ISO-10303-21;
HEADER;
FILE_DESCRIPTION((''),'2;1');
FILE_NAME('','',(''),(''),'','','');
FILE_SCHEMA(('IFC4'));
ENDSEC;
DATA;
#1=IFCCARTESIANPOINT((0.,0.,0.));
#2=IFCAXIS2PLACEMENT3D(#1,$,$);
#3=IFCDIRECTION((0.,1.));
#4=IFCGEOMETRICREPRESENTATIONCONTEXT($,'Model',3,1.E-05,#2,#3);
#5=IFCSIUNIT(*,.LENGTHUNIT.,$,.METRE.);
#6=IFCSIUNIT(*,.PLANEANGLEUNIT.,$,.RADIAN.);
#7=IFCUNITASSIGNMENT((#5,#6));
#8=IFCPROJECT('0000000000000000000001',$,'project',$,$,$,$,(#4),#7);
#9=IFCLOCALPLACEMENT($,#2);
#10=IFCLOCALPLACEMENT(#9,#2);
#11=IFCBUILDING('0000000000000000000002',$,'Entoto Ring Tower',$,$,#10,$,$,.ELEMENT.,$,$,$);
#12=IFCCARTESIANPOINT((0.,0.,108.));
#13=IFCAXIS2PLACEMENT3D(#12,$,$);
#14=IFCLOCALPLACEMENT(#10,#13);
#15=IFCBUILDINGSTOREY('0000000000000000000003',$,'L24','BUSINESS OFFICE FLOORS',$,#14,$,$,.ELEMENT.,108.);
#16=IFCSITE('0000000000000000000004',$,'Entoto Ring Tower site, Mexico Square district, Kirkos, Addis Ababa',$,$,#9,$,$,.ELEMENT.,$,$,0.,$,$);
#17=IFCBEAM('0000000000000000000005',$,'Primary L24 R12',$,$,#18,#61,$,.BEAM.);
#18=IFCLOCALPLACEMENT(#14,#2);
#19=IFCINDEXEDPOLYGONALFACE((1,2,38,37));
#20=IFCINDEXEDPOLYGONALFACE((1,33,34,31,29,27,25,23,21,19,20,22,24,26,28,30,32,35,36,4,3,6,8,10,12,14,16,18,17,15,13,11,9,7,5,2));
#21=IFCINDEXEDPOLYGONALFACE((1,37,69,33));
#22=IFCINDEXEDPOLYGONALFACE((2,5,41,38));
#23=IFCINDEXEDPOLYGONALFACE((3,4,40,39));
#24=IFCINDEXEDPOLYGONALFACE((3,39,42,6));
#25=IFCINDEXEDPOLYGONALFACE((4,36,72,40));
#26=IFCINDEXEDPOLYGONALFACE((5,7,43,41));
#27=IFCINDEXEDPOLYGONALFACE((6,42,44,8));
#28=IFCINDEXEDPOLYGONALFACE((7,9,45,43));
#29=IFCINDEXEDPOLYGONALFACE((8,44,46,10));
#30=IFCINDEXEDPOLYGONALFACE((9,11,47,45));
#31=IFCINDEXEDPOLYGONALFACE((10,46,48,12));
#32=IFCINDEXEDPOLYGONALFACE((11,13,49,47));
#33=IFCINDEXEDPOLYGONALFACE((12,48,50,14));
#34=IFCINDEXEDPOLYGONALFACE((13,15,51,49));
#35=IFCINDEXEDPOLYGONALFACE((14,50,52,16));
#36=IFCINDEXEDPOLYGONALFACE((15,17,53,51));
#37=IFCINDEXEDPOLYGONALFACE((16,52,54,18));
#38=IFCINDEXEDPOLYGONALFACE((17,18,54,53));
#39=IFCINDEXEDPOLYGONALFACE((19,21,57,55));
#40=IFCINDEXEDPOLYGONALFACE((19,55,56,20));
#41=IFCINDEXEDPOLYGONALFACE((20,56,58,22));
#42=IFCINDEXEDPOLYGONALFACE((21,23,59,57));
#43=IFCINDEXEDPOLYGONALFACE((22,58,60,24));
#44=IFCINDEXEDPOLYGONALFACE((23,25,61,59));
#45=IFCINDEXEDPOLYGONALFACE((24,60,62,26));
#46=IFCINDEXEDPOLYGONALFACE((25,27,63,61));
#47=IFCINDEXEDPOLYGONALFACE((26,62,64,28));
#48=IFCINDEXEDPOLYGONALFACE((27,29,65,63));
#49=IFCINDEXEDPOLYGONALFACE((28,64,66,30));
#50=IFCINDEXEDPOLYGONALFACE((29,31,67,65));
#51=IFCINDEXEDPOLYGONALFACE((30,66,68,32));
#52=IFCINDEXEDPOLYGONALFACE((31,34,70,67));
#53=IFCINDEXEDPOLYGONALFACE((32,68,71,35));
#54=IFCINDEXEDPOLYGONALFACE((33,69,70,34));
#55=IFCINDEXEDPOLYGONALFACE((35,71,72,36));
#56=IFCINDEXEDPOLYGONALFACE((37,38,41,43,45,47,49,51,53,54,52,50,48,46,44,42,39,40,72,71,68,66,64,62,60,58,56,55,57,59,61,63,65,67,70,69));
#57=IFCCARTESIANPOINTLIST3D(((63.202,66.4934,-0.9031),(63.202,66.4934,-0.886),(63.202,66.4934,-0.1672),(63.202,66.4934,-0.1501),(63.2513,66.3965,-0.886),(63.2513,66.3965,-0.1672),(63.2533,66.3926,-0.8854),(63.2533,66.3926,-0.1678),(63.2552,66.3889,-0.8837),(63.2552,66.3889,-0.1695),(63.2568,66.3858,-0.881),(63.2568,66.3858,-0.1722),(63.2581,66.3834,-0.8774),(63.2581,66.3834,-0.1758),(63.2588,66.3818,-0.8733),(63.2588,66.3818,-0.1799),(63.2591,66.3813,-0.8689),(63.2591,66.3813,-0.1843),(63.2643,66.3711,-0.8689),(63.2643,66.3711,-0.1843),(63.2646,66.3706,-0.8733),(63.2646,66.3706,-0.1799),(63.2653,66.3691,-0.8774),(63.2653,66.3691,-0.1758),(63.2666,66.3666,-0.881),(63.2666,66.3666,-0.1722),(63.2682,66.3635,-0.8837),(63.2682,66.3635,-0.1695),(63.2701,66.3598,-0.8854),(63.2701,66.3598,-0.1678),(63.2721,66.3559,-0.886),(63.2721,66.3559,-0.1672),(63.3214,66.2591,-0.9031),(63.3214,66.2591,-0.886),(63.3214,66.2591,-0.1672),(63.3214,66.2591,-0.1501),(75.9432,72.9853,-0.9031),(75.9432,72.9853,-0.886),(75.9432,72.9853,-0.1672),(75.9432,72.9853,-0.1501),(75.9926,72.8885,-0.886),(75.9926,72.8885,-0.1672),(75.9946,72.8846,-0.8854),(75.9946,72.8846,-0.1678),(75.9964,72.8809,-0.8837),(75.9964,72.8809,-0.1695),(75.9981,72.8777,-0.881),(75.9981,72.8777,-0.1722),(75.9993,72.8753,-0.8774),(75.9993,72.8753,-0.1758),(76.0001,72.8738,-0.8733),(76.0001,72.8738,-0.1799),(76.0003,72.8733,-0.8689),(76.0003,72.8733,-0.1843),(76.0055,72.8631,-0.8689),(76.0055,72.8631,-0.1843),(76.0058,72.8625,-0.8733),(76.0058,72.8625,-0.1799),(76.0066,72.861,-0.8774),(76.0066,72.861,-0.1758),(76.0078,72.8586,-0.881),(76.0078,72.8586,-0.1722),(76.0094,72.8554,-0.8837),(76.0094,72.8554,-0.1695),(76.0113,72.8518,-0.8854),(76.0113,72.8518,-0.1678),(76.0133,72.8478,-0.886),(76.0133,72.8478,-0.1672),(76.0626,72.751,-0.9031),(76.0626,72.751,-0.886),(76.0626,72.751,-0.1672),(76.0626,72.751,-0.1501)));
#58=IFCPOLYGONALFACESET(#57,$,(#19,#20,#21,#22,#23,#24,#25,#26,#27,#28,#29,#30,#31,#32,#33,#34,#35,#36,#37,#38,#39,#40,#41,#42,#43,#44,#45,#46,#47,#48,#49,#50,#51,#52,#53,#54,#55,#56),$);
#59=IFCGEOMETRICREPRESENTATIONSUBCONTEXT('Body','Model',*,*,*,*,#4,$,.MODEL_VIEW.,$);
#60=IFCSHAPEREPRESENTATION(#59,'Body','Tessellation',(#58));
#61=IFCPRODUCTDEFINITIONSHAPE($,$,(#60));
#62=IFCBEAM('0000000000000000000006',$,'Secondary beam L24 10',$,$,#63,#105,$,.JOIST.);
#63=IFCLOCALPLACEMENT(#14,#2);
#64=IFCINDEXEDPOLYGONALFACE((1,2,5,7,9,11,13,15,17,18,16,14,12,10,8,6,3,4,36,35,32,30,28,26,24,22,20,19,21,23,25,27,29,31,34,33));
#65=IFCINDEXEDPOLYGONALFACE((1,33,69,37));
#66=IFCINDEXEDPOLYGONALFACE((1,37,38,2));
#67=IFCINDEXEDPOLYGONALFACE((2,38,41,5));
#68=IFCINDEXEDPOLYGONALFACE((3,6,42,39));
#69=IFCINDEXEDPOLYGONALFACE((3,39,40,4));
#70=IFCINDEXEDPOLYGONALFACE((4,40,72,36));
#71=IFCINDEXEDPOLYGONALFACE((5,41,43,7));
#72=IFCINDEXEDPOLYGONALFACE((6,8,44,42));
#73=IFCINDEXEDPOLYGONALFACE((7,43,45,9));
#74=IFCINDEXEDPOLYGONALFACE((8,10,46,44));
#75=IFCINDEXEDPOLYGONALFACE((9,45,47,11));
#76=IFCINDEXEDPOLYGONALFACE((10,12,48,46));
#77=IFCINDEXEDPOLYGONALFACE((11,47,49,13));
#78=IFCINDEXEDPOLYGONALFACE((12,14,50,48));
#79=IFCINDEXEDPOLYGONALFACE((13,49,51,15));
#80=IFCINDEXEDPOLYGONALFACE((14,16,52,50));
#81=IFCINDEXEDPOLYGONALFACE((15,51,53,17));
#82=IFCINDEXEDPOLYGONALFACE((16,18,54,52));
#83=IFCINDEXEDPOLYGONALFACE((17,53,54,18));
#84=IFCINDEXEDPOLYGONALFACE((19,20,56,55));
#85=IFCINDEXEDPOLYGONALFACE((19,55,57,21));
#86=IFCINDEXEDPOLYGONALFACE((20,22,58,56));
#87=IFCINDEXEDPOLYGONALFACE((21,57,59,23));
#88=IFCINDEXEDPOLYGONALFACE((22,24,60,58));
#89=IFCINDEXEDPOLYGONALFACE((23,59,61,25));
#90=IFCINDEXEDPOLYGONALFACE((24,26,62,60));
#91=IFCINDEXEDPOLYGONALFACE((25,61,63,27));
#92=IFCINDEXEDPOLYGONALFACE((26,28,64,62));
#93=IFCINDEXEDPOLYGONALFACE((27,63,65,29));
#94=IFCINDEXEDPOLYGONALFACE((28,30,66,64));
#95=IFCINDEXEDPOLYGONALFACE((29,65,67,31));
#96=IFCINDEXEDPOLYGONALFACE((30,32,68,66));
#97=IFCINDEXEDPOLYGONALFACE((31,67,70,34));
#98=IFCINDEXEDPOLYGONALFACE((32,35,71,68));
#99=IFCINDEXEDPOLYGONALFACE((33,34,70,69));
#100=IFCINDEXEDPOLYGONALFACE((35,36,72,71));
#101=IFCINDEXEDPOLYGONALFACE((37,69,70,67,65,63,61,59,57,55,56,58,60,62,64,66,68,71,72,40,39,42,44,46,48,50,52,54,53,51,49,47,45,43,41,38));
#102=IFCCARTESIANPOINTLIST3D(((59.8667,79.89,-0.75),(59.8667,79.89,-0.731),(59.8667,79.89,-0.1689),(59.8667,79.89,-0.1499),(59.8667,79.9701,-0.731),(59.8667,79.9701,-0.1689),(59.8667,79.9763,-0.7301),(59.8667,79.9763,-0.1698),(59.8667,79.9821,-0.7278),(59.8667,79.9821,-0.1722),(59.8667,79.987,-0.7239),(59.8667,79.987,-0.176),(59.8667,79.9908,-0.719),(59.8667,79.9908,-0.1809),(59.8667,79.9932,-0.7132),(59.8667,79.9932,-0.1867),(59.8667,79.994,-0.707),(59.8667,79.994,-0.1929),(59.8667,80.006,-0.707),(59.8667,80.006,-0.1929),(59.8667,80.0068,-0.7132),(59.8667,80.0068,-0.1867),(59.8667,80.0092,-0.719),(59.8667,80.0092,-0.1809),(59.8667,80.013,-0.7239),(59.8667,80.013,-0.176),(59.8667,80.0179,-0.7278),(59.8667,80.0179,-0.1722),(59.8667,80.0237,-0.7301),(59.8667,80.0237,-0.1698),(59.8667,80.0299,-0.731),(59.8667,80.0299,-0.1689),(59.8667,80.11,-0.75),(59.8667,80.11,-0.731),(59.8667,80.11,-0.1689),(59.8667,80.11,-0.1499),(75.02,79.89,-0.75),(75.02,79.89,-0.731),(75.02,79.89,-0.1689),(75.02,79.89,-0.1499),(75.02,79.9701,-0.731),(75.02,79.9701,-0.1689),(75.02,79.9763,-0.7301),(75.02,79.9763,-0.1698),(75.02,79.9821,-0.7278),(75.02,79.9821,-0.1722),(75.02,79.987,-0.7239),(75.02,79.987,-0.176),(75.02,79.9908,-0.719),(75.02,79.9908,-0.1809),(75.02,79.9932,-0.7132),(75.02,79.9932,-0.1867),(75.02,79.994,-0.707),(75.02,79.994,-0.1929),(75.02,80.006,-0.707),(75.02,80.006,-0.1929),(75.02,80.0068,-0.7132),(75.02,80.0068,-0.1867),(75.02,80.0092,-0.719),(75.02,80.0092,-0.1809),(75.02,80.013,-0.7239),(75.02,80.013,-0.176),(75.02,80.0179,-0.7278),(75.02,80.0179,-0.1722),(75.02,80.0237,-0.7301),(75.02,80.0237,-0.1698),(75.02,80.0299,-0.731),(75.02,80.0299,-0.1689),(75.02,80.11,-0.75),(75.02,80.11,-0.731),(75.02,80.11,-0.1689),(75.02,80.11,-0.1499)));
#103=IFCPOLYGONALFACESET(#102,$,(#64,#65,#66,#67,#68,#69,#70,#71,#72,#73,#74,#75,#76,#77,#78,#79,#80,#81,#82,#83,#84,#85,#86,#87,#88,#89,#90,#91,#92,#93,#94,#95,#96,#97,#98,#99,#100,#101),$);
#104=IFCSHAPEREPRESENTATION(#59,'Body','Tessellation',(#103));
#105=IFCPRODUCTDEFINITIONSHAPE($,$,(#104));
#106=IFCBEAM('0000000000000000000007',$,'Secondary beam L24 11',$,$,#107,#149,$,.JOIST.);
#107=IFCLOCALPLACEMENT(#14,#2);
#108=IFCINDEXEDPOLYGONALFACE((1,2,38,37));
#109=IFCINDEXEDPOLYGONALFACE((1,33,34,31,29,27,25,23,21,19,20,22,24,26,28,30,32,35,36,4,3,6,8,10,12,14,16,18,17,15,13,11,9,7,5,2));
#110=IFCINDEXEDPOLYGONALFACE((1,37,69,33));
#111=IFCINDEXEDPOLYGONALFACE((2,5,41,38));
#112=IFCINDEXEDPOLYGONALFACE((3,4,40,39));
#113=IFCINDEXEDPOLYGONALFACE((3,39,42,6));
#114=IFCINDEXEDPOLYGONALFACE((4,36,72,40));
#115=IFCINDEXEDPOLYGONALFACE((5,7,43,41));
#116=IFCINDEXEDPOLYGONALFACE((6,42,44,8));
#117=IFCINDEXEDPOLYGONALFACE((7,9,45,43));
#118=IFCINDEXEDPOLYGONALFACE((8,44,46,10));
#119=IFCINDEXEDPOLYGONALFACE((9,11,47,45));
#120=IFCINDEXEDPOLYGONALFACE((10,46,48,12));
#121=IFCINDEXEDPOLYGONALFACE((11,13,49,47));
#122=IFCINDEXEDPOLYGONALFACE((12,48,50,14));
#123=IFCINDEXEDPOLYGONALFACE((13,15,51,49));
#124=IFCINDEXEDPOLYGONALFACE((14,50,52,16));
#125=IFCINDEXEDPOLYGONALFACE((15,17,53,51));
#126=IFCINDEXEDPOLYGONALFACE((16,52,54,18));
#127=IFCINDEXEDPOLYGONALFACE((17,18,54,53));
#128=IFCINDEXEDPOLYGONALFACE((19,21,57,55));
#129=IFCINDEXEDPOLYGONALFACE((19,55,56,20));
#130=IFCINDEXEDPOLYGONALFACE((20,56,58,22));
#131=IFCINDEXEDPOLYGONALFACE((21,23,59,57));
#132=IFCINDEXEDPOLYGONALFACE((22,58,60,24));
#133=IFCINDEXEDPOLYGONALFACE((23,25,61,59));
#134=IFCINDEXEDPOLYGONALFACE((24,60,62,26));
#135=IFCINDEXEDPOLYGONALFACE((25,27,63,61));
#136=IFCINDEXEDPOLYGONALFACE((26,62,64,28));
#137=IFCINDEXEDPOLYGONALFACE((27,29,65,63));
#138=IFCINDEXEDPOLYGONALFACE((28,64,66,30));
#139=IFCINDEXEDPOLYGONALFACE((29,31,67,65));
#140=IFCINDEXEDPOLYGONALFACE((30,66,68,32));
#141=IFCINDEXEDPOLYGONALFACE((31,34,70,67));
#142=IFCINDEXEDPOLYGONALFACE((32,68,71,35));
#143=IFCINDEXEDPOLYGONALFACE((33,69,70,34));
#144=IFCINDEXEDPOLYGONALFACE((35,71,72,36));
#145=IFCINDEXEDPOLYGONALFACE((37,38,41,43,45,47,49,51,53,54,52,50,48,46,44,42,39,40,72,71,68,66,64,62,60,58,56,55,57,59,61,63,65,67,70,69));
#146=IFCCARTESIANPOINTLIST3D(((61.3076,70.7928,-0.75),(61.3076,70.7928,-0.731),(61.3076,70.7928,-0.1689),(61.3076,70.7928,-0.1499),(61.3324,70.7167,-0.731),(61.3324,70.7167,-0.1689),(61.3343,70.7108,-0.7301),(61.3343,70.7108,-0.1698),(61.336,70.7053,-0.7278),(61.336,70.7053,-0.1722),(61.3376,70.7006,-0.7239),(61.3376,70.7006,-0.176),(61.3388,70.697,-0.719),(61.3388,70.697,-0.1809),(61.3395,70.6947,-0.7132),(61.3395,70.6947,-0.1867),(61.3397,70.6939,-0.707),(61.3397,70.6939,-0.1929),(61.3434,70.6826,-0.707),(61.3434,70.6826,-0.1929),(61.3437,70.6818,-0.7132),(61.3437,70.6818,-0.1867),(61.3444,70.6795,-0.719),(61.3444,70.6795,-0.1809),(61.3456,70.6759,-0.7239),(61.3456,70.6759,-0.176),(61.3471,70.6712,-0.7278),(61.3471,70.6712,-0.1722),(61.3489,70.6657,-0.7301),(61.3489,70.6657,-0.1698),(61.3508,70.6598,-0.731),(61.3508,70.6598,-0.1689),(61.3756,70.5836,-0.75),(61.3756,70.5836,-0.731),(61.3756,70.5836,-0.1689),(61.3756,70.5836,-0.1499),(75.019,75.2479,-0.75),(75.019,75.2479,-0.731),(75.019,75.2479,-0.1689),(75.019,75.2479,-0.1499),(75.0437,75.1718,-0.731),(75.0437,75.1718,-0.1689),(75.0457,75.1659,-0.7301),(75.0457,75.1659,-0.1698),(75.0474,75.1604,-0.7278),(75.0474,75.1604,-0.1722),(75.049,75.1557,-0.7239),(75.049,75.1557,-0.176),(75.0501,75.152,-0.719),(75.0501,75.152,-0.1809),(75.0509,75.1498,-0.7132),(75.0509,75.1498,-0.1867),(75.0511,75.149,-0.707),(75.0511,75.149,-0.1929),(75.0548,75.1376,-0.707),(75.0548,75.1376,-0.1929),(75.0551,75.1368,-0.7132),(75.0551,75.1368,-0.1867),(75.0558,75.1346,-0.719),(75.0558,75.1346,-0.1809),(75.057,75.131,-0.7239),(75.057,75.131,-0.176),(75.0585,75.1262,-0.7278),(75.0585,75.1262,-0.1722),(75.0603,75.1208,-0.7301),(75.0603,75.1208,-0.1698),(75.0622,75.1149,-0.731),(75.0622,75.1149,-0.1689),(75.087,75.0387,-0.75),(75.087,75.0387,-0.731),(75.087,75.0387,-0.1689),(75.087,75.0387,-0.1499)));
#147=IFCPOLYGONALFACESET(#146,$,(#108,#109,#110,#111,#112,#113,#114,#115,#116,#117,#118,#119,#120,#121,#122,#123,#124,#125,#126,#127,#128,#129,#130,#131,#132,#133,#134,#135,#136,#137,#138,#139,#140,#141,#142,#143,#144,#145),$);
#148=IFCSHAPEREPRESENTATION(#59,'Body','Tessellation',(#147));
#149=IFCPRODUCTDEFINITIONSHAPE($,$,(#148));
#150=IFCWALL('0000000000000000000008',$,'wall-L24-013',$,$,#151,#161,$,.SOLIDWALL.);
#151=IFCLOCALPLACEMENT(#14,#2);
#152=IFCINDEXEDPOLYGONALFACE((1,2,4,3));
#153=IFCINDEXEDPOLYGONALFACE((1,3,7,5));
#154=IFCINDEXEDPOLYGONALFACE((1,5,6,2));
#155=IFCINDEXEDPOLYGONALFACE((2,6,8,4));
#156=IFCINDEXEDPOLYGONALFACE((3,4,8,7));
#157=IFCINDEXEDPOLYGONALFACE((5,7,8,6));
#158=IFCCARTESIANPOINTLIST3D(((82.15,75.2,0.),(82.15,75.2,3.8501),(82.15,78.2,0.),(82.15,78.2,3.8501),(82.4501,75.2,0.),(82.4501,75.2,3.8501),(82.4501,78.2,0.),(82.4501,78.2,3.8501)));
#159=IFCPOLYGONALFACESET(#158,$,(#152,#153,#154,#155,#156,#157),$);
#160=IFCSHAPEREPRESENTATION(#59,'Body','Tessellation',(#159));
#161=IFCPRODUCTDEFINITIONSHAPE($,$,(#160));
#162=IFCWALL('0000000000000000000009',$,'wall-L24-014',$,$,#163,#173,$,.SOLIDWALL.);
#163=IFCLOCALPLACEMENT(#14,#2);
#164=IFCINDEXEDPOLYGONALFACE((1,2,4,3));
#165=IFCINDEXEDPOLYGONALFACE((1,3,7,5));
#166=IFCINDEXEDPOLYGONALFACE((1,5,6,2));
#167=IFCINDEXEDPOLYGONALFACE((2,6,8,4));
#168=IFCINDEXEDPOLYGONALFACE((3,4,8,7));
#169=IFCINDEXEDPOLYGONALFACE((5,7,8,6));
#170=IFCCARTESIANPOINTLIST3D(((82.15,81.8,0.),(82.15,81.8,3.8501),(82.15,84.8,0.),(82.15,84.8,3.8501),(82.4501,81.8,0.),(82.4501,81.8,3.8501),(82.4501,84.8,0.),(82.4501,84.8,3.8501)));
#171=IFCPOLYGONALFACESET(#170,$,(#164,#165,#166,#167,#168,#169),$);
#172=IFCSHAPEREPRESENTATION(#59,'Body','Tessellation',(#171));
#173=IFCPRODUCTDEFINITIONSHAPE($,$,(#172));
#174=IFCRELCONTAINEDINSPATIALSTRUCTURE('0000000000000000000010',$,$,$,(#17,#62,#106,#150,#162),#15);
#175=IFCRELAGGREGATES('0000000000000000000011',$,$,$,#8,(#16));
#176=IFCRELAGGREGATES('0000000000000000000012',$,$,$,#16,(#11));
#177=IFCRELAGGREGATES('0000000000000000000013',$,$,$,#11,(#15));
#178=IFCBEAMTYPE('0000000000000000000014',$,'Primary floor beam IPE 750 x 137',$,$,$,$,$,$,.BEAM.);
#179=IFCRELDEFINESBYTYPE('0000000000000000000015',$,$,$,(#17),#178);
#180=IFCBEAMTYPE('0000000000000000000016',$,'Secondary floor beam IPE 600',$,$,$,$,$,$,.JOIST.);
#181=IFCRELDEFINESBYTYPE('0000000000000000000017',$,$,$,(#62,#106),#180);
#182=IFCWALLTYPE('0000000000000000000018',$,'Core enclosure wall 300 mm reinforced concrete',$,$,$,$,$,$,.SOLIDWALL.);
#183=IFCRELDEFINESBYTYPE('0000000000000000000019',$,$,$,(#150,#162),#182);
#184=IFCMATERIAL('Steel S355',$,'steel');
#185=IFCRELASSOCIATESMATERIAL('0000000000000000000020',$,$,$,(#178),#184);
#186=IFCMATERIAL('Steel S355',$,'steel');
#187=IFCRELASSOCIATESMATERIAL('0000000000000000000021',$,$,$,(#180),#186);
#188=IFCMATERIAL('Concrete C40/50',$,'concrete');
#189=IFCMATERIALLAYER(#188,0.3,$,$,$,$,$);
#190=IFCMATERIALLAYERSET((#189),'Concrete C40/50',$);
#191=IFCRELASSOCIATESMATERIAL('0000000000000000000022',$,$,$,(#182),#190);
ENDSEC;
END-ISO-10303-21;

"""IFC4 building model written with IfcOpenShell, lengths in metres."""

from ifc_helpers import new_model, si_unit, direction, frame, frame_2d, origin, origin_2d, place, context, subcontext, project, spatial, rectangle, i_section, extrude, material, layer, layer_set, material_profile, profile_set, type_object, element, save


model = new_model("IFC4")

# Units and contexts
model_context = context("Model", 3, precision=1e-05, world=origin(), true_north=direction((0.0, 1.0)))
body_context = subcontext(model_context, "Body", "Model", "MODEL_VIEW")
ifc_project = project(units=[si_unit("LENGTHUNIT", "METRE"), si_unit("PLANEANGLEUNIT", "RADIAN")], contexts=[model_context])

# Site, building, storey
site_placement = place(None, origin())
site = spatial("IfcSite", under=ifc_project, at=site_placement, Name="Entoto Ring Tower site, Mexico Square district, Kirkos, Addis Ababa", CompositionType="ELEMENT", RefElevation=0.0)
building_placement = place(site_placement, origin())
building = spatial("IfcBuilding", under=site, at=building_placement, Name="Entoto Ring Tower", CompositionType="ELEMENT")
storey_placement = place(building_placement, frame((0.0, 0.0, 108.0)))
storey = spatial("IfcBuildingStorey", under=building, at=storey_placement, Name="L24", Description="BUSINESS OFFICE FLOORS", CompositionType="ELEMENT", Elevation=108.0)

# Beams
ifc_material_1 = material(Name="Steel S355", Category="steel")
ifc_material_profile_1 = material_profile(ifc_material_1, i_section(OverallWidth=0.2629, OverallDepth=0.7529, WebThickness=0.0115, FlangeThickness=0.0171, FilletRadius=0.0171, at=origin_2d()), Name="IPE 750 x 137")
ifc_profile_set_1 = profile_set([ifc_material_profile_1], Name="Steel S355")
beam_type_1 = type_object("IfcBeamType", Name="Primary floor beam IPE 750 x 137", PredefinedType="BEAM", material=ifc_profile_set_1)
beam_1_placement = place(storey_placement, frame((76.0029, 72.8682, -0.5266), z_axis=(-0.891007, -0.453989, 0.0), x_axis=(0.453989, -0.891007, 0.0)))
element("IfcBeam", 1, at=beam_1_placement, inside=storey, type_object=beam_type_1, Name="Primary L24 R12", PredefinedType="BEAM", context=body_context, shape_type="SweptSolid", body=[
    extrude(i_section(OverallWidth=0.2629, OverallDepth=0.7529, WebThickness=0.0115, FlangeThickness=0.0171, FilletRadius=0.0171, at=origin_2d()), origin(), (0.0, 0.0, 1.0), 14.2998),
])
ifc_material_2 = material(Name="Steel S355", Category="steel")
ifc_material_profile_2 = material_profile(ifc_material_2, i_section(OverallWidth=0.22, OverallDepth=0.6001, WebThickness=0.012, FlangeThickness=0.019, FilletRadius=0.0239, at=origin_2d()), Name="IPE 600")
ifc_profile_set_2 = profile_set([ifc_material_profile_2], Name="Steel S355")
beam_type_2 = type_object("IfcBeamType", Name="Secondary floor beam IPE 600", PredefinedType="JOIST", material=ifc_profile_set_2)
beam_2_placement = place(storey_placement, frame((75.02, 80.0, -0.45), z_axis=(-1.0, 0.0, 0.0), x_axis=(0.0, -1.0, 0.0)))
element("IfcBeam", 2, at=beam_2_placement, inside=storey, type_object=beam_type_2, Name="Secondary beam L24 10", PredefinedType="JOIST", context=body_context, shape_type="SweptSolid", body=[
    extrude(i_section(OverallWidth=0.22, OverallDepth=0.6001, WebThickness=0.012, FlangeThickness=0.019, FilletRadius=0.0239, at=origin_2d()), origin(), (0.0, 0.0, 1.0), 15.1533),
])
beam_3_placement = place(storey_placement, frame((75.053, 75.1433, -0.45), z_axis=(-0.951057, -0.309015, 0.0), x_axis=(0.309015, -0.951057, 0.0)))
element("IfcBeam", 3, at=beam_3_placement, inside=storey, type_object=beam_type_2, Name="Secondary beam L24 11", PredefinedType="JOIST", context=body_context, shape_type="SweptSolid", body=[
    extrude(i_section(OverallWidth=0.22, OverallDepth=0.6001, WebThickness=0.012, FlangeThickness=0.019, FilletRadius=0.0239, at=origin_2d()), origin(), (0.0, 0.0, 1.0), 14.417),
])

# Walls
ifc_material_3 = material(Name="Concrete C40/50", Category="concrete")
ifc_layer_1 = layer(ifc_material_3, 0.3)
ifc_layer_set_1 = layer_set([ifc_layer_1], Name="Concrete C40/50")
wall_type_1 = type_object("IfcWallType", Name="Core enclosure wall 300 mm reinforced concrete", PredefinedType="SOLIDWALL", material=ifc_layer_set_1)
for number, where, z_axis, x_axis, name in (
    (4, (82.3, 75.2, 0.0), (0.0, 0.0, 1.0), (0.0, 1.0, 0.0), "wall-L24-013"),
    (5, (82.3, 81.8, 0.0), (0.0, 0.0, 1.0), (0.0, 1.0, 0.0), "wall-L24-014"),
):
    element("IfcWall", number, at=place(storey_placement, frame(where, z_axis=z_axis, x_axis=x_axis)), inside=storey, type_object=wall_type_1, Name=name, PredefinedType="SOLIDWALL", context=body_context, shape_type="SweptSolid", body=[
        extrude(rectangle(XDim=3.0, YDim=0.3, at=frame_2d((1.5, 0.0))), origin(), (0.0, 0.0, 1.0), 3.8501),
    ])

save(model, "model.ifc")
